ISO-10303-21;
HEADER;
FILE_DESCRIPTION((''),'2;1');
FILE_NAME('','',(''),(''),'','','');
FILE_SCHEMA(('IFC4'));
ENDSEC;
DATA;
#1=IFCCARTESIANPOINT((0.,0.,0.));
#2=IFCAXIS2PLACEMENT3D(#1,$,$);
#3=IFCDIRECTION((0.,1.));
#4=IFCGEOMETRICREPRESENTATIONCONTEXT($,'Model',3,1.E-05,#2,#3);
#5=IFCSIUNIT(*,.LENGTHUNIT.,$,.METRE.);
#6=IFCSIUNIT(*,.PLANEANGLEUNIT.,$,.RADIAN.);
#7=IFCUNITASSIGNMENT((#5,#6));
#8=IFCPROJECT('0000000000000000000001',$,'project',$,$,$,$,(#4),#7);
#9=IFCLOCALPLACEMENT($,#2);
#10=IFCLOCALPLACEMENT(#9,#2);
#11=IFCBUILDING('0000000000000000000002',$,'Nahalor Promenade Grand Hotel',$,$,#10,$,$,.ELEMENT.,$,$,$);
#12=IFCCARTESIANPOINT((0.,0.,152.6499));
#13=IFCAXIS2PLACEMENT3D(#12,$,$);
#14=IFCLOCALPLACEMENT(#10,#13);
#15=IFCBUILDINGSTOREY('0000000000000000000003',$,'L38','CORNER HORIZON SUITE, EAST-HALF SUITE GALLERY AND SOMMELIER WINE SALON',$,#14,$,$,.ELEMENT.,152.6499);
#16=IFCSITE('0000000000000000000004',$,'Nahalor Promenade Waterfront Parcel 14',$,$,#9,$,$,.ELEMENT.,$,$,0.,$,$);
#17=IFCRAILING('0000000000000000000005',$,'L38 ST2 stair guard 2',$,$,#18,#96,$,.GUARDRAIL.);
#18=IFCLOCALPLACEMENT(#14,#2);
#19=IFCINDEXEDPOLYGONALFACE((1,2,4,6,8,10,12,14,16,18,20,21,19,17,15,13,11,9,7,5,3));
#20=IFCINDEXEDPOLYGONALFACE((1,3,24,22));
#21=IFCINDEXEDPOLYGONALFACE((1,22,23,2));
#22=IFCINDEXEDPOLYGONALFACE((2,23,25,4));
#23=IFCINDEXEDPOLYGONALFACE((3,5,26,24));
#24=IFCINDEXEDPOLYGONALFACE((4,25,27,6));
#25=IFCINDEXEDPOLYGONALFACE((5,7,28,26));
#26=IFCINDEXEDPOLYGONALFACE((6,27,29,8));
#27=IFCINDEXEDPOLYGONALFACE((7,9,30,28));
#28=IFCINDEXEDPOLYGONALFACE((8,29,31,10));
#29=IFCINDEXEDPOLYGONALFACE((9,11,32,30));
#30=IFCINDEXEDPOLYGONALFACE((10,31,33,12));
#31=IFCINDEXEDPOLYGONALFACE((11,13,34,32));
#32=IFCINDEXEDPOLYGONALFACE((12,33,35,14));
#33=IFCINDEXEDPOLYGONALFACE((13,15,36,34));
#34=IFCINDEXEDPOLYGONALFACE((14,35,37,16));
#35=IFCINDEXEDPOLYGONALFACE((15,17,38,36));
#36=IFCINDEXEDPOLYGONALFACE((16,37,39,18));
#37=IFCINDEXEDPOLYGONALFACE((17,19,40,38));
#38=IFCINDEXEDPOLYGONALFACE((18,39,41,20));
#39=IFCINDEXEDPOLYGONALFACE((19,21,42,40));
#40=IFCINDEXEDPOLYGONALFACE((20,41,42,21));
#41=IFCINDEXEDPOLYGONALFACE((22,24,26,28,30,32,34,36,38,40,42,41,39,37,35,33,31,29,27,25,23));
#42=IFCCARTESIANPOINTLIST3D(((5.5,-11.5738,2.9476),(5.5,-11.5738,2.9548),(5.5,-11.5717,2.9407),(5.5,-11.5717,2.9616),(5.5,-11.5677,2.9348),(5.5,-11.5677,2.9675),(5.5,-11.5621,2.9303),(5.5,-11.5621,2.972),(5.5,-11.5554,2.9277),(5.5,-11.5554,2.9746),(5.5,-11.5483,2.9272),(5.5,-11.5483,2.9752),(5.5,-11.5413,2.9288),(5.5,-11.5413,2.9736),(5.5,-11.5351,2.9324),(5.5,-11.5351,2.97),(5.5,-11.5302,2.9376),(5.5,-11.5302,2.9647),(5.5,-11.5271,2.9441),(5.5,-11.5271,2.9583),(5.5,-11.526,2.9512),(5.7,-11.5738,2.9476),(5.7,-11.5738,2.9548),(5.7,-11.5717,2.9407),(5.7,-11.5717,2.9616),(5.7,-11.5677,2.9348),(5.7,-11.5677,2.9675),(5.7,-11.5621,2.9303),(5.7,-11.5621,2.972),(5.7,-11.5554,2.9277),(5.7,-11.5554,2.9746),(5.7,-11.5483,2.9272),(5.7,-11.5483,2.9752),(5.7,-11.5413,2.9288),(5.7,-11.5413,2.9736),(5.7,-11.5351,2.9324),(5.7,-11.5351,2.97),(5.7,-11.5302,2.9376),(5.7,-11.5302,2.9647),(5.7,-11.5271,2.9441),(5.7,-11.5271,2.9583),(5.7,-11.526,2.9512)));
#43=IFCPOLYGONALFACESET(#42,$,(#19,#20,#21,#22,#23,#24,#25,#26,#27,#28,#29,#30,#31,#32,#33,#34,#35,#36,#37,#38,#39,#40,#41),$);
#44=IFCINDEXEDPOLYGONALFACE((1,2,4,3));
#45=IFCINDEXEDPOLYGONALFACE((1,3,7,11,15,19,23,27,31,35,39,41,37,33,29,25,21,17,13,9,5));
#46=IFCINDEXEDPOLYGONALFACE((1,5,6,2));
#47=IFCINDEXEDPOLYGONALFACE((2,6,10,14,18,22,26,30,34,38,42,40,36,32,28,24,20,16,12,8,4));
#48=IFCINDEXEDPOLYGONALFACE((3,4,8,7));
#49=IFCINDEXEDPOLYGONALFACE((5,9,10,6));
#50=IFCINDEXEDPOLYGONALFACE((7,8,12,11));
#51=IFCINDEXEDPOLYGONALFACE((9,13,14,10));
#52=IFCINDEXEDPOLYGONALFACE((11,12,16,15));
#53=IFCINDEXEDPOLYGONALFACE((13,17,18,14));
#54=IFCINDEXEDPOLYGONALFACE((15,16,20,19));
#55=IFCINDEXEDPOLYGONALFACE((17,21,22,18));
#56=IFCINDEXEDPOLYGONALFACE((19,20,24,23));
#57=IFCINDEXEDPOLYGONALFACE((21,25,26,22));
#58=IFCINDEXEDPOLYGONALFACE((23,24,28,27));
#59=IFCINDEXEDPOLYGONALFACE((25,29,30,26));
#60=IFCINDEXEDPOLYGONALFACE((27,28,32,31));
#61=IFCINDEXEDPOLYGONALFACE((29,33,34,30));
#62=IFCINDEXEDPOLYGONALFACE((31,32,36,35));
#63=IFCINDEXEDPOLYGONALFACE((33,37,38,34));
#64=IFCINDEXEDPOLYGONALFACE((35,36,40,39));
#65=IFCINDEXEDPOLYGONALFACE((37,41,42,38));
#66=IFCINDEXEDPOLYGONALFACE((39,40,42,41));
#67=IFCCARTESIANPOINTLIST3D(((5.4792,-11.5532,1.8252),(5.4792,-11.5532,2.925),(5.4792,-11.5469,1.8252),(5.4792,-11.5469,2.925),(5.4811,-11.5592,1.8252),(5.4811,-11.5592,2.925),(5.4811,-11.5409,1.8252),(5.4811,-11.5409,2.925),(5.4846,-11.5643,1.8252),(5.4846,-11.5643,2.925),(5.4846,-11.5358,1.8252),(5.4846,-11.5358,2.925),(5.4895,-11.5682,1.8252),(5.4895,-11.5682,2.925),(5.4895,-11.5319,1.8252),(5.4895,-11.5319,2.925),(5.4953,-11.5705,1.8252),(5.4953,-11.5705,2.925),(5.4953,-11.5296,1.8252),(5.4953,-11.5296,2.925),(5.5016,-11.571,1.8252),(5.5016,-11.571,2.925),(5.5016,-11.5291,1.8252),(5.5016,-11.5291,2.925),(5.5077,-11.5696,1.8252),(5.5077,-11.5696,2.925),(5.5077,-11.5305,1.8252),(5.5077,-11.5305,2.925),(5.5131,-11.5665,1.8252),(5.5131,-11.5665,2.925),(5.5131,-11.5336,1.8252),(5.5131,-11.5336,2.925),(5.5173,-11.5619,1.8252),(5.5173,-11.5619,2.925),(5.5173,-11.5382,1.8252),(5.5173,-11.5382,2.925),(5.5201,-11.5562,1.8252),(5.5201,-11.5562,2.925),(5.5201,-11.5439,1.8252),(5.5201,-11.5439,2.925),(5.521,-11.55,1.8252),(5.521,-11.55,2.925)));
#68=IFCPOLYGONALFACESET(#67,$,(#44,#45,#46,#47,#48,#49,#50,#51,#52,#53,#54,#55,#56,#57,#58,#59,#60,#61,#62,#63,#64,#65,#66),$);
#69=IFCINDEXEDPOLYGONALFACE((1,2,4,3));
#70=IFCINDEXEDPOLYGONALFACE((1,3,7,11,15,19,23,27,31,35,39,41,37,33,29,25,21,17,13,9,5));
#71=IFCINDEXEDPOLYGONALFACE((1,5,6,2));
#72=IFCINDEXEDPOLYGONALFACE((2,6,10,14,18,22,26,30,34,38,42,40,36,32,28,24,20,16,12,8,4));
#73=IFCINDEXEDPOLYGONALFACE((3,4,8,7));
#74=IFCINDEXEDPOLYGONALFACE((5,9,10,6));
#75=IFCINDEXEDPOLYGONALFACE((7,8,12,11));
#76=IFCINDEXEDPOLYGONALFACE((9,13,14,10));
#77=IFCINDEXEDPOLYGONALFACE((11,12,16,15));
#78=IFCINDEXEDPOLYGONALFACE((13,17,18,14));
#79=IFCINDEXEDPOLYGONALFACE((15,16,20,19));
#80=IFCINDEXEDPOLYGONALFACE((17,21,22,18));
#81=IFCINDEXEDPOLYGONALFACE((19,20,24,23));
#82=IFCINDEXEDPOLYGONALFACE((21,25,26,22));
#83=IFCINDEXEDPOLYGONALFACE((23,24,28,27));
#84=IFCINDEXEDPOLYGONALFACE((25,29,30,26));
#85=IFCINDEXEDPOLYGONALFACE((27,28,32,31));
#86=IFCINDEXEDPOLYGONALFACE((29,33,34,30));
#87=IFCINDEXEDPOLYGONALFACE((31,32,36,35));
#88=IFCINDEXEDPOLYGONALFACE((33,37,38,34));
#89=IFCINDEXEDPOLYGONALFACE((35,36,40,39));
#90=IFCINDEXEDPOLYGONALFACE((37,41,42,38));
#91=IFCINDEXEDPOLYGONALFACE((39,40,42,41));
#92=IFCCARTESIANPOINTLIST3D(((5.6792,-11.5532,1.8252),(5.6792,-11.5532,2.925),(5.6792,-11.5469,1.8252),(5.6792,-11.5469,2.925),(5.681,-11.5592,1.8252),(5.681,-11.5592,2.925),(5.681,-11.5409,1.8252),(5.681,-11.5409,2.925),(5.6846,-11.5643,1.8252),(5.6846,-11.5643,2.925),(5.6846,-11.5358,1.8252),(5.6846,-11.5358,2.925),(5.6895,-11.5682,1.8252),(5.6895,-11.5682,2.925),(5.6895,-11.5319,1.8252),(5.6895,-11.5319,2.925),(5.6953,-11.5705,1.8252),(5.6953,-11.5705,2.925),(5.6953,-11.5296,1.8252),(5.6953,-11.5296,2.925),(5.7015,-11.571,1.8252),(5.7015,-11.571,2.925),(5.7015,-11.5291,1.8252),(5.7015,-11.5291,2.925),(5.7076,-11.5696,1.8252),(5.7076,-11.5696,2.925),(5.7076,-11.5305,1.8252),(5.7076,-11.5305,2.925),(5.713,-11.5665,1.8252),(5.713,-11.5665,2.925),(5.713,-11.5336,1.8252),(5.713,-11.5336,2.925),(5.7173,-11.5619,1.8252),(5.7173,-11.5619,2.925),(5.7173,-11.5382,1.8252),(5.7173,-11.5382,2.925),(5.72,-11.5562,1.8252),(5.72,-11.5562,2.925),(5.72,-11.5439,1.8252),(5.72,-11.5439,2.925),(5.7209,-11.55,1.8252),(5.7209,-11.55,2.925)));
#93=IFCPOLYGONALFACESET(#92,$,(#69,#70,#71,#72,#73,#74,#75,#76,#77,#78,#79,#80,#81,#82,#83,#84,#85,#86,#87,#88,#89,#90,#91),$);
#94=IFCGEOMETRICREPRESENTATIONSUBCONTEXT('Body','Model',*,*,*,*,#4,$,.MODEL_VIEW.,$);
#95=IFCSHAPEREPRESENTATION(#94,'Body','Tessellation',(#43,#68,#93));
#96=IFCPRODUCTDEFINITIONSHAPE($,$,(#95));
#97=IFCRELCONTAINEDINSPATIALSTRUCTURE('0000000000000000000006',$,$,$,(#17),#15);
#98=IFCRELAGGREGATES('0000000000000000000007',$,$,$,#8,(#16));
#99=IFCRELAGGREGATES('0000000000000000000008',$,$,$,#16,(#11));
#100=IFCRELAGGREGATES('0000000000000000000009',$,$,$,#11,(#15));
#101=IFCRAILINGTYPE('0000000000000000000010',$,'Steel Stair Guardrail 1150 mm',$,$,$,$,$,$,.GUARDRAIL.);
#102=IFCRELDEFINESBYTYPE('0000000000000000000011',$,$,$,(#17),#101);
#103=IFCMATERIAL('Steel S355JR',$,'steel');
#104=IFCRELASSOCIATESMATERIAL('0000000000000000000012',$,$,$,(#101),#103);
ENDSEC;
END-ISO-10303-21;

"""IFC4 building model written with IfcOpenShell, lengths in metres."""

from ifc_helpers import new_model, si_unit, direction, frame, origin, origin_2d, place, context, subcontext, project, spatial, circle, extrude, material, type_object, element, save


model = new_model("IFC4")

# Units and contexts
model_context = context("Model", 3, precision=1e-05, world=origin(), true_north=direction((0.0, 1.0)))
body_context = subcontext(model_context, "Body", "Model", "MODEL_VIEW")
ifc_project = project(units=[si_unit("LENGTHUNIT", "METRE"), si_unit("PLANEANGLEUNIT", "RADIAN")], contexts=[model_context])

# Site, building, storey
site_placement = place(None, origin())
site = spatial("IfcSite", under=ifc_project, at=site_placement, Name="Nahalor Promenade Waterfront Parcel 14", CompositionType="ELEMENT", RefElevation=0.0)
building_placement = place(site_placement, origin())
building = spatial("IfcBuilding", under=site, at=building_placement, Name="Nahalor Promenade Grand Hotel", CompositionType="ELEMENT")
storey_placement = place(building_placement, frame((0.0, 0.0, 152.6499)))
storey = spatial("IfcBuildingStorey", under=building, at=storey_placement, Name="L38", Description="CORNER HORIZON SUITE, EAST-HALF SUITE GALLERY AND SOMMELIER WINE SALON", CompositionType="ELEMENT", Elevation=152.6499)

# Shared definitions
ifc_material_1 = material(Name="Steel S355JR", Category="steel")

# Railing
railing_type_1 = type_object("IfcRailingType", Name="Steel Stair Guardrail 1150 mm", PredefinedType="GUARDRAIL", material=ifc_material_1)
railing_1_placement = place(storey_placement, frame((5.5, -11.55, 1.8252)))
element("IfcRailing", 1, at=railing_1_placement, inside=storey, type_object=railing_type_1, Name="L38 ST2 stair guard 2", PredefinedType="GUARDRAIL", context=body_context, shape_type="SweptSolid", body=[
    extrude(circle(Radius=0.024, at=origin_2d()), frame((0.0, 0.0, 1.126), z_axis=(1.0, 0.0, 0.0), x_axis=(0.0, 1.0, 0.0)), (0.0, 0.0, 1.0), 0.2),
    extrude(circle(Radius=0.021, at=origin_2d()), origin(), (0.0, 0.0, 1.0), 1.0999),
    extrude(circle(Radius=0.021, at=origin_2d()), frame((0.2, 0.0, 0.0)), (0.0, 0.0, 1.0), 1.0999),
])

save(model, "model.ifc")
